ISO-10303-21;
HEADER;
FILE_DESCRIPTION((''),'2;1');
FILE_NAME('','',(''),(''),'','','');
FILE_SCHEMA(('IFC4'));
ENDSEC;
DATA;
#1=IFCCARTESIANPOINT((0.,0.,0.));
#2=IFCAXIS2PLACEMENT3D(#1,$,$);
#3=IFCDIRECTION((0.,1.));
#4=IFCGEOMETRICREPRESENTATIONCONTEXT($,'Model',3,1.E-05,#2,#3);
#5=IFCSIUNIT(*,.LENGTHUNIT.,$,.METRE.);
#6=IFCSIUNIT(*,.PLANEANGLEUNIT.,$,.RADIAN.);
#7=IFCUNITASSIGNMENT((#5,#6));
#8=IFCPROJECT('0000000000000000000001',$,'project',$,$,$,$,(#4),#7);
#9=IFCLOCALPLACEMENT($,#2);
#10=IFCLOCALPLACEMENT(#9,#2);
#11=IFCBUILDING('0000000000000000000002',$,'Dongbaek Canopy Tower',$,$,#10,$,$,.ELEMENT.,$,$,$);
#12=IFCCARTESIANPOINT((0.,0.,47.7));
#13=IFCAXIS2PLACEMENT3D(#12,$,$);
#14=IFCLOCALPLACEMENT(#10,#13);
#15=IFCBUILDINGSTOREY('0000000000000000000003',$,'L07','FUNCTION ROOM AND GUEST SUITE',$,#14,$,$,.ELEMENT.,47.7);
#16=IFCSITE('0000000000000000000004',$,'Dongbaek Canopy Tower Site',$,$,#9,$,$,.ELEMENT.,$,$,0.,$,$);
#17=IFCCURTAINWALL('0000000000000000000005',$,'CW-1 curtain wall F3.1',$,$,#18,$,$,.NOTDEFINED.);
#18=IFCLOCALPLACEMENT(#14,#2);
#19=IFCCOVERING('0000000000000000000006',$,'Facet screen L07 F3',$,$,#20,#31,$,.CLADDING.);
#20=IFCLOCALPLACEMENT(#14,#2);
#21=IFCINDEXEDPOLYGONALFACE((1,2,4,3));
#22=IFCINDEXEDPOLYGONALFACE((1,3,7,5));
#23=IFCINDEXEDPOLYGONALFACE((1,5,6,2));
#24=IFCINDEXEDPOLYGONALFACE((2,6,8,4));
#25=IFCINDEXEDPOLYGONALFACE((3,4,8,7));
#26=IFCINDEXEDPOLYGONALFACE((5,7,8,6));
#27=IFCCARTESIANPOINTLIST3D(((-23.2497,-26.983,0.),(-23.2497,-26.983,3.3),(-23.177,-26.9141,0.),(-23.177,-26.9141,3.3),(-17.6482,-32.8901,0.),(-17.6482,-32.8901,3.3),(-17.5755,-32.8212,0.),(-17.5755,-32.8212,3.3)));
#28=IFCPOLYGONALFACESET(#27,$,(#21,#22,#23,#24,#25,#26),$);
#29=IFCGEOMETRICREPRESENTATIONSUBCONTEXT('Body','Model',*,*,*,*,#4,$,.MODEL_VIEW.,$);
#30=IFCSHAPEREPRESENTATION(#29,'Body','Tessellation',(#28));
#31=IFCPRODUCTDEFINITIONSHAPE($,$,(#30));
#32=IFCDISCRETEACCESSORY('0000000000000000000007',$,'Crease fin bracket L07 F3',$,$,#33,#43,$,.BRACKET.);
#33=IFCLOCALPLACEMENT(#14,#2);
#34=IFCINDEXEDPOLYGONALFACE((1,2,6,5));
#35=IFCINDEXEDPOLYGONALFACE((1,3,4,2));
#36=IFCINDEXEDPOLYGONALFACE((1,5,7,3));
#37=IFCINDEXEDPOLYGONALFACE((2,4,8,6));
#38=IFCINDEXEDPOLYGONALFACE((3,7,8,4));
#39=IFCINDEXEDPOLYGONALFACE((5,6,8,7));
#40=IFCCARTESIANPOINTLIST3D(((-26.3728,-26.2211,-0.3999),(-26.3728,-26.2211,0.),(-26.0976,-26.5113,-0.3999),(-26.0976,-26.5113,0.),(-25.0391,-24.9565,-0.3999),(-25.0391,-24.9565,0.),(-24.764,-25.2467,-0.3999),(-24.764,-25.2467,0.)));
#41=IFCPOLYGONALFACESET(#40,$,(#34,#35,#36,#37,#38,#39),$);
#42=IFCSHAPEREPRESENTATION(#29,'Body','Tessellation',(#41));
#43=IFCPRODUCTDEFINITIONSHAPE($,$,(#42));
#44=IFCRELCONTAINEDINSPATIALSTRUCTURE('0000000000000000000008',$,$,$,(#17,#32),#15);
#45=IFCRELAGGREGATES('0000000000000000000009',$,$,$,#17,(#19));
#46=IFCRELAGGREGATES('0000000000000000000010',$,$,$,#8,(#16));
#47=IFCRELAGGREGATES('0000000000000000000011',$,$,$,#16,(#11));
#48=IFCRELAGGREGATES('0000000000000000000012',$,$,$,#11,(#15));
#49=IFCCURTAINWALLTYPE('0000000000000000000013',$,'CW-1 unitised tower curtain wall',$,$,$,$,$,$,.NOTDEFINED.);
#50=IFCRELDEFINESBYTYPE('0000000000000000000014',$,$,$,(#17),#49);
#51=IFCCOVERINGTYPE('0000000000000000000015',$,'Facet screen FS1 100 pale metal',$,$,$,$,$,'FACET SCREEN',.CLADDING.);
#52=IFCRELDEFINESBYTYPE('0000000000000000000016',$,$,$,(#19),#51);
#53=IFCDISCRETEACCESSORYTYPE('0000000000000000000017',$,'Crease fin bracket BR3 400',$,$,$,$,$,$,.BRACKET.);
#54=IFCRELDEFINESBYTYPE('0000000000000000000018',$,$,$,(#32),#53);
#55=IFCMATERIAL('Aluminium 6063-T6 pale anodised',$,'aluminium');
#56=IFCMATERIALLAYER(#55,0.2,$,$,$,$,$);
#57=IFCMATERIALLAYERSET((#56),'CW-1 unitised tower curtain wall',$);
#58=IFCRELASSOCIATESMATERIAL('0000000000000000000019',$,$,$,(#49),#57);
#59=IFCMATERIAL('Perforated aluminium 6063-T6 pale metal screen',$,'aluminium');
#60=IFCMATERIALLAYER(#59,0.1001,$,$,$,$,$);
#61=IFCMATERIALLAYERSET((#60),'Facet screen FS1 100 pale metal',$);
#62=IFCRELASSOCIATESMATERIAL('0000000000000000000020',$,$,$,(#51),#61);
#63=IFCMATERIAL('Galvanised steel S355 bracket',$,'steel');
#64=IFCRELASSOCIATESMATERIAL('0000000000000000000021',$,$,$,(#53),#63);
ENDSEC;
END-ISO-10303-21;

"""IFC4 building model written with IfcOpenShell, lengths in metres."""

from ifc_helpers import new_model, si_unit, direction, frame, origin, origin_2d, place, context, subcontext, project, spatial, rectangle, extrude, material, layer, layer_set, type_object, element, aggregate, save


model = new_model("IFC4")

# Units and contexts
model_context = context("Model", 3, precision=1e-05, world=origin(), true_north=direction((0.0, 1.0)))
body_context = subcontext(model_context, "Body", "Model", "MODEL_VIEW")
ifc_project = project(units=[si_unit("LENGTHUNIT", "METRE"), si_unit("PLANEANGLEUNIT", "RADIAN")], contexts=[model_context])

# Site, building, storey
site_placement = place(None, origin())
site = spatial("IfcSite", under=ifc_project, at=site_placement, Name="Dongbaek Canopy Tower Site", CompositionType="ELEMENT", RefElevation=0.0)
building_placement = place(site_placement, origin())
building = spatial("IfcBuilding", under=site, at=building_placement, Name="Dongbaek Canopy Tower", CompositionType="ELEMENT")
storey_placement = place(building_placement, frame((0.0, 0.0, 47.7)))
storey = spatial("IfcBuildingStorey", under=building, at=storey_placement, Name="L07", Description="FUNCTION ROOM AND GUEST SUITE", CompositionType="ELEMENT", Elevation=47.7)

# Curtain wall
ifc_material_1 = material(Name="Aluminium 6063-T6 pale anodised", Category="aluminium")
ifc_layer_1 = layer(ifc_material_1, 0.2)
ifc_layer_set_1 = layer_set([ifc_layer_1], Name="CW-1 unitised tower curtain wall")
curtain_wall_type = type_object("IfcCurtainWallType", Name="CW-1 unitised tower curtain wall", PredefinedType="NOTDEFINED", material=ifc_layer_set_1)
curtain_wall_placement = place(storey_placement, origin())
curtain_wall = element("IfcCurtainWall", 1, at=curtain_wall_placement, inside=storey, type_object=curtain_wall_type, Name="CW-1 curtain wall F3.1", PredefinedType="NOTDEFINED")

# Covering
ifc_material_2 = material(Name="Perforated aluminium 6063-T6 pale metal screen", Category="aluminium")
ifc_layer_2 = layer(ifc_material_2, 0.1001)
ifc_layer_set_2 = layer_set([ifc_layer_2], Name="Facet screen FS1 100 pale metal")
covering_type = type_object("IfcCoveringType", Name="Facet screen FS1 100 pale metal", ElementType="FACET SCREEN", PredefinedType="CLADDING", material=ifc_layer_set_2)
covering_placement = place(storey_placement, frame((-20.4126, -29.9021, 0.0), z_axis=(0.0, 0.0, 1.0), x_axis=(0.688089, -0.725627, 0.0)))
covering = element("IfcCovering", 2, at=covering_placement, type_object=covering_type, Name="Facet screen L07 F3", PredefinedType="CLADDING", context=body_context, shape_type="SweptSolid", body=[
    extrude(rectangle(XDim=8.1406, YDim=0.1001, at=origin_2d()), origin(), (0.0, 0.0, 1.0), 3.3),
])
aggregate(curtain_wall, [covering])

# Discrete accessory
ifc_material_3 = material(Name="Galvanised steel S355 bracket", Category="steel")
discrete_accessory_type = type_object("IfcDiscreteAccessoryType", Name="Crease fin bracket BR3 400", PredefinedType="BRACKET", material=ifc_material_3)
discrete_accessory_placement = place(storey_placement, frame((-25.5684, -25.7339, -0.3999), z_axis=(0.0, 0.0, 1.0), x_axis=(-0.725627, -0.688089, 0.0)))
element("IfcDiscreteAccessory", 3, at=discrete_accessory_placement, inside=storey, type_object=discrete_accessory_type, Name="Crease fin bracket L07 F3", PredefinedType="BRACKET", context=body_context, shape_type="SweptSolid", body=[
    extrude(rectangle(XDim=1.8379, YDim=0.3999, at=origin_2d()), origin(), (0.0, 0.0, 1.0), 0.3999),
])

save(model, "model.ifc")
